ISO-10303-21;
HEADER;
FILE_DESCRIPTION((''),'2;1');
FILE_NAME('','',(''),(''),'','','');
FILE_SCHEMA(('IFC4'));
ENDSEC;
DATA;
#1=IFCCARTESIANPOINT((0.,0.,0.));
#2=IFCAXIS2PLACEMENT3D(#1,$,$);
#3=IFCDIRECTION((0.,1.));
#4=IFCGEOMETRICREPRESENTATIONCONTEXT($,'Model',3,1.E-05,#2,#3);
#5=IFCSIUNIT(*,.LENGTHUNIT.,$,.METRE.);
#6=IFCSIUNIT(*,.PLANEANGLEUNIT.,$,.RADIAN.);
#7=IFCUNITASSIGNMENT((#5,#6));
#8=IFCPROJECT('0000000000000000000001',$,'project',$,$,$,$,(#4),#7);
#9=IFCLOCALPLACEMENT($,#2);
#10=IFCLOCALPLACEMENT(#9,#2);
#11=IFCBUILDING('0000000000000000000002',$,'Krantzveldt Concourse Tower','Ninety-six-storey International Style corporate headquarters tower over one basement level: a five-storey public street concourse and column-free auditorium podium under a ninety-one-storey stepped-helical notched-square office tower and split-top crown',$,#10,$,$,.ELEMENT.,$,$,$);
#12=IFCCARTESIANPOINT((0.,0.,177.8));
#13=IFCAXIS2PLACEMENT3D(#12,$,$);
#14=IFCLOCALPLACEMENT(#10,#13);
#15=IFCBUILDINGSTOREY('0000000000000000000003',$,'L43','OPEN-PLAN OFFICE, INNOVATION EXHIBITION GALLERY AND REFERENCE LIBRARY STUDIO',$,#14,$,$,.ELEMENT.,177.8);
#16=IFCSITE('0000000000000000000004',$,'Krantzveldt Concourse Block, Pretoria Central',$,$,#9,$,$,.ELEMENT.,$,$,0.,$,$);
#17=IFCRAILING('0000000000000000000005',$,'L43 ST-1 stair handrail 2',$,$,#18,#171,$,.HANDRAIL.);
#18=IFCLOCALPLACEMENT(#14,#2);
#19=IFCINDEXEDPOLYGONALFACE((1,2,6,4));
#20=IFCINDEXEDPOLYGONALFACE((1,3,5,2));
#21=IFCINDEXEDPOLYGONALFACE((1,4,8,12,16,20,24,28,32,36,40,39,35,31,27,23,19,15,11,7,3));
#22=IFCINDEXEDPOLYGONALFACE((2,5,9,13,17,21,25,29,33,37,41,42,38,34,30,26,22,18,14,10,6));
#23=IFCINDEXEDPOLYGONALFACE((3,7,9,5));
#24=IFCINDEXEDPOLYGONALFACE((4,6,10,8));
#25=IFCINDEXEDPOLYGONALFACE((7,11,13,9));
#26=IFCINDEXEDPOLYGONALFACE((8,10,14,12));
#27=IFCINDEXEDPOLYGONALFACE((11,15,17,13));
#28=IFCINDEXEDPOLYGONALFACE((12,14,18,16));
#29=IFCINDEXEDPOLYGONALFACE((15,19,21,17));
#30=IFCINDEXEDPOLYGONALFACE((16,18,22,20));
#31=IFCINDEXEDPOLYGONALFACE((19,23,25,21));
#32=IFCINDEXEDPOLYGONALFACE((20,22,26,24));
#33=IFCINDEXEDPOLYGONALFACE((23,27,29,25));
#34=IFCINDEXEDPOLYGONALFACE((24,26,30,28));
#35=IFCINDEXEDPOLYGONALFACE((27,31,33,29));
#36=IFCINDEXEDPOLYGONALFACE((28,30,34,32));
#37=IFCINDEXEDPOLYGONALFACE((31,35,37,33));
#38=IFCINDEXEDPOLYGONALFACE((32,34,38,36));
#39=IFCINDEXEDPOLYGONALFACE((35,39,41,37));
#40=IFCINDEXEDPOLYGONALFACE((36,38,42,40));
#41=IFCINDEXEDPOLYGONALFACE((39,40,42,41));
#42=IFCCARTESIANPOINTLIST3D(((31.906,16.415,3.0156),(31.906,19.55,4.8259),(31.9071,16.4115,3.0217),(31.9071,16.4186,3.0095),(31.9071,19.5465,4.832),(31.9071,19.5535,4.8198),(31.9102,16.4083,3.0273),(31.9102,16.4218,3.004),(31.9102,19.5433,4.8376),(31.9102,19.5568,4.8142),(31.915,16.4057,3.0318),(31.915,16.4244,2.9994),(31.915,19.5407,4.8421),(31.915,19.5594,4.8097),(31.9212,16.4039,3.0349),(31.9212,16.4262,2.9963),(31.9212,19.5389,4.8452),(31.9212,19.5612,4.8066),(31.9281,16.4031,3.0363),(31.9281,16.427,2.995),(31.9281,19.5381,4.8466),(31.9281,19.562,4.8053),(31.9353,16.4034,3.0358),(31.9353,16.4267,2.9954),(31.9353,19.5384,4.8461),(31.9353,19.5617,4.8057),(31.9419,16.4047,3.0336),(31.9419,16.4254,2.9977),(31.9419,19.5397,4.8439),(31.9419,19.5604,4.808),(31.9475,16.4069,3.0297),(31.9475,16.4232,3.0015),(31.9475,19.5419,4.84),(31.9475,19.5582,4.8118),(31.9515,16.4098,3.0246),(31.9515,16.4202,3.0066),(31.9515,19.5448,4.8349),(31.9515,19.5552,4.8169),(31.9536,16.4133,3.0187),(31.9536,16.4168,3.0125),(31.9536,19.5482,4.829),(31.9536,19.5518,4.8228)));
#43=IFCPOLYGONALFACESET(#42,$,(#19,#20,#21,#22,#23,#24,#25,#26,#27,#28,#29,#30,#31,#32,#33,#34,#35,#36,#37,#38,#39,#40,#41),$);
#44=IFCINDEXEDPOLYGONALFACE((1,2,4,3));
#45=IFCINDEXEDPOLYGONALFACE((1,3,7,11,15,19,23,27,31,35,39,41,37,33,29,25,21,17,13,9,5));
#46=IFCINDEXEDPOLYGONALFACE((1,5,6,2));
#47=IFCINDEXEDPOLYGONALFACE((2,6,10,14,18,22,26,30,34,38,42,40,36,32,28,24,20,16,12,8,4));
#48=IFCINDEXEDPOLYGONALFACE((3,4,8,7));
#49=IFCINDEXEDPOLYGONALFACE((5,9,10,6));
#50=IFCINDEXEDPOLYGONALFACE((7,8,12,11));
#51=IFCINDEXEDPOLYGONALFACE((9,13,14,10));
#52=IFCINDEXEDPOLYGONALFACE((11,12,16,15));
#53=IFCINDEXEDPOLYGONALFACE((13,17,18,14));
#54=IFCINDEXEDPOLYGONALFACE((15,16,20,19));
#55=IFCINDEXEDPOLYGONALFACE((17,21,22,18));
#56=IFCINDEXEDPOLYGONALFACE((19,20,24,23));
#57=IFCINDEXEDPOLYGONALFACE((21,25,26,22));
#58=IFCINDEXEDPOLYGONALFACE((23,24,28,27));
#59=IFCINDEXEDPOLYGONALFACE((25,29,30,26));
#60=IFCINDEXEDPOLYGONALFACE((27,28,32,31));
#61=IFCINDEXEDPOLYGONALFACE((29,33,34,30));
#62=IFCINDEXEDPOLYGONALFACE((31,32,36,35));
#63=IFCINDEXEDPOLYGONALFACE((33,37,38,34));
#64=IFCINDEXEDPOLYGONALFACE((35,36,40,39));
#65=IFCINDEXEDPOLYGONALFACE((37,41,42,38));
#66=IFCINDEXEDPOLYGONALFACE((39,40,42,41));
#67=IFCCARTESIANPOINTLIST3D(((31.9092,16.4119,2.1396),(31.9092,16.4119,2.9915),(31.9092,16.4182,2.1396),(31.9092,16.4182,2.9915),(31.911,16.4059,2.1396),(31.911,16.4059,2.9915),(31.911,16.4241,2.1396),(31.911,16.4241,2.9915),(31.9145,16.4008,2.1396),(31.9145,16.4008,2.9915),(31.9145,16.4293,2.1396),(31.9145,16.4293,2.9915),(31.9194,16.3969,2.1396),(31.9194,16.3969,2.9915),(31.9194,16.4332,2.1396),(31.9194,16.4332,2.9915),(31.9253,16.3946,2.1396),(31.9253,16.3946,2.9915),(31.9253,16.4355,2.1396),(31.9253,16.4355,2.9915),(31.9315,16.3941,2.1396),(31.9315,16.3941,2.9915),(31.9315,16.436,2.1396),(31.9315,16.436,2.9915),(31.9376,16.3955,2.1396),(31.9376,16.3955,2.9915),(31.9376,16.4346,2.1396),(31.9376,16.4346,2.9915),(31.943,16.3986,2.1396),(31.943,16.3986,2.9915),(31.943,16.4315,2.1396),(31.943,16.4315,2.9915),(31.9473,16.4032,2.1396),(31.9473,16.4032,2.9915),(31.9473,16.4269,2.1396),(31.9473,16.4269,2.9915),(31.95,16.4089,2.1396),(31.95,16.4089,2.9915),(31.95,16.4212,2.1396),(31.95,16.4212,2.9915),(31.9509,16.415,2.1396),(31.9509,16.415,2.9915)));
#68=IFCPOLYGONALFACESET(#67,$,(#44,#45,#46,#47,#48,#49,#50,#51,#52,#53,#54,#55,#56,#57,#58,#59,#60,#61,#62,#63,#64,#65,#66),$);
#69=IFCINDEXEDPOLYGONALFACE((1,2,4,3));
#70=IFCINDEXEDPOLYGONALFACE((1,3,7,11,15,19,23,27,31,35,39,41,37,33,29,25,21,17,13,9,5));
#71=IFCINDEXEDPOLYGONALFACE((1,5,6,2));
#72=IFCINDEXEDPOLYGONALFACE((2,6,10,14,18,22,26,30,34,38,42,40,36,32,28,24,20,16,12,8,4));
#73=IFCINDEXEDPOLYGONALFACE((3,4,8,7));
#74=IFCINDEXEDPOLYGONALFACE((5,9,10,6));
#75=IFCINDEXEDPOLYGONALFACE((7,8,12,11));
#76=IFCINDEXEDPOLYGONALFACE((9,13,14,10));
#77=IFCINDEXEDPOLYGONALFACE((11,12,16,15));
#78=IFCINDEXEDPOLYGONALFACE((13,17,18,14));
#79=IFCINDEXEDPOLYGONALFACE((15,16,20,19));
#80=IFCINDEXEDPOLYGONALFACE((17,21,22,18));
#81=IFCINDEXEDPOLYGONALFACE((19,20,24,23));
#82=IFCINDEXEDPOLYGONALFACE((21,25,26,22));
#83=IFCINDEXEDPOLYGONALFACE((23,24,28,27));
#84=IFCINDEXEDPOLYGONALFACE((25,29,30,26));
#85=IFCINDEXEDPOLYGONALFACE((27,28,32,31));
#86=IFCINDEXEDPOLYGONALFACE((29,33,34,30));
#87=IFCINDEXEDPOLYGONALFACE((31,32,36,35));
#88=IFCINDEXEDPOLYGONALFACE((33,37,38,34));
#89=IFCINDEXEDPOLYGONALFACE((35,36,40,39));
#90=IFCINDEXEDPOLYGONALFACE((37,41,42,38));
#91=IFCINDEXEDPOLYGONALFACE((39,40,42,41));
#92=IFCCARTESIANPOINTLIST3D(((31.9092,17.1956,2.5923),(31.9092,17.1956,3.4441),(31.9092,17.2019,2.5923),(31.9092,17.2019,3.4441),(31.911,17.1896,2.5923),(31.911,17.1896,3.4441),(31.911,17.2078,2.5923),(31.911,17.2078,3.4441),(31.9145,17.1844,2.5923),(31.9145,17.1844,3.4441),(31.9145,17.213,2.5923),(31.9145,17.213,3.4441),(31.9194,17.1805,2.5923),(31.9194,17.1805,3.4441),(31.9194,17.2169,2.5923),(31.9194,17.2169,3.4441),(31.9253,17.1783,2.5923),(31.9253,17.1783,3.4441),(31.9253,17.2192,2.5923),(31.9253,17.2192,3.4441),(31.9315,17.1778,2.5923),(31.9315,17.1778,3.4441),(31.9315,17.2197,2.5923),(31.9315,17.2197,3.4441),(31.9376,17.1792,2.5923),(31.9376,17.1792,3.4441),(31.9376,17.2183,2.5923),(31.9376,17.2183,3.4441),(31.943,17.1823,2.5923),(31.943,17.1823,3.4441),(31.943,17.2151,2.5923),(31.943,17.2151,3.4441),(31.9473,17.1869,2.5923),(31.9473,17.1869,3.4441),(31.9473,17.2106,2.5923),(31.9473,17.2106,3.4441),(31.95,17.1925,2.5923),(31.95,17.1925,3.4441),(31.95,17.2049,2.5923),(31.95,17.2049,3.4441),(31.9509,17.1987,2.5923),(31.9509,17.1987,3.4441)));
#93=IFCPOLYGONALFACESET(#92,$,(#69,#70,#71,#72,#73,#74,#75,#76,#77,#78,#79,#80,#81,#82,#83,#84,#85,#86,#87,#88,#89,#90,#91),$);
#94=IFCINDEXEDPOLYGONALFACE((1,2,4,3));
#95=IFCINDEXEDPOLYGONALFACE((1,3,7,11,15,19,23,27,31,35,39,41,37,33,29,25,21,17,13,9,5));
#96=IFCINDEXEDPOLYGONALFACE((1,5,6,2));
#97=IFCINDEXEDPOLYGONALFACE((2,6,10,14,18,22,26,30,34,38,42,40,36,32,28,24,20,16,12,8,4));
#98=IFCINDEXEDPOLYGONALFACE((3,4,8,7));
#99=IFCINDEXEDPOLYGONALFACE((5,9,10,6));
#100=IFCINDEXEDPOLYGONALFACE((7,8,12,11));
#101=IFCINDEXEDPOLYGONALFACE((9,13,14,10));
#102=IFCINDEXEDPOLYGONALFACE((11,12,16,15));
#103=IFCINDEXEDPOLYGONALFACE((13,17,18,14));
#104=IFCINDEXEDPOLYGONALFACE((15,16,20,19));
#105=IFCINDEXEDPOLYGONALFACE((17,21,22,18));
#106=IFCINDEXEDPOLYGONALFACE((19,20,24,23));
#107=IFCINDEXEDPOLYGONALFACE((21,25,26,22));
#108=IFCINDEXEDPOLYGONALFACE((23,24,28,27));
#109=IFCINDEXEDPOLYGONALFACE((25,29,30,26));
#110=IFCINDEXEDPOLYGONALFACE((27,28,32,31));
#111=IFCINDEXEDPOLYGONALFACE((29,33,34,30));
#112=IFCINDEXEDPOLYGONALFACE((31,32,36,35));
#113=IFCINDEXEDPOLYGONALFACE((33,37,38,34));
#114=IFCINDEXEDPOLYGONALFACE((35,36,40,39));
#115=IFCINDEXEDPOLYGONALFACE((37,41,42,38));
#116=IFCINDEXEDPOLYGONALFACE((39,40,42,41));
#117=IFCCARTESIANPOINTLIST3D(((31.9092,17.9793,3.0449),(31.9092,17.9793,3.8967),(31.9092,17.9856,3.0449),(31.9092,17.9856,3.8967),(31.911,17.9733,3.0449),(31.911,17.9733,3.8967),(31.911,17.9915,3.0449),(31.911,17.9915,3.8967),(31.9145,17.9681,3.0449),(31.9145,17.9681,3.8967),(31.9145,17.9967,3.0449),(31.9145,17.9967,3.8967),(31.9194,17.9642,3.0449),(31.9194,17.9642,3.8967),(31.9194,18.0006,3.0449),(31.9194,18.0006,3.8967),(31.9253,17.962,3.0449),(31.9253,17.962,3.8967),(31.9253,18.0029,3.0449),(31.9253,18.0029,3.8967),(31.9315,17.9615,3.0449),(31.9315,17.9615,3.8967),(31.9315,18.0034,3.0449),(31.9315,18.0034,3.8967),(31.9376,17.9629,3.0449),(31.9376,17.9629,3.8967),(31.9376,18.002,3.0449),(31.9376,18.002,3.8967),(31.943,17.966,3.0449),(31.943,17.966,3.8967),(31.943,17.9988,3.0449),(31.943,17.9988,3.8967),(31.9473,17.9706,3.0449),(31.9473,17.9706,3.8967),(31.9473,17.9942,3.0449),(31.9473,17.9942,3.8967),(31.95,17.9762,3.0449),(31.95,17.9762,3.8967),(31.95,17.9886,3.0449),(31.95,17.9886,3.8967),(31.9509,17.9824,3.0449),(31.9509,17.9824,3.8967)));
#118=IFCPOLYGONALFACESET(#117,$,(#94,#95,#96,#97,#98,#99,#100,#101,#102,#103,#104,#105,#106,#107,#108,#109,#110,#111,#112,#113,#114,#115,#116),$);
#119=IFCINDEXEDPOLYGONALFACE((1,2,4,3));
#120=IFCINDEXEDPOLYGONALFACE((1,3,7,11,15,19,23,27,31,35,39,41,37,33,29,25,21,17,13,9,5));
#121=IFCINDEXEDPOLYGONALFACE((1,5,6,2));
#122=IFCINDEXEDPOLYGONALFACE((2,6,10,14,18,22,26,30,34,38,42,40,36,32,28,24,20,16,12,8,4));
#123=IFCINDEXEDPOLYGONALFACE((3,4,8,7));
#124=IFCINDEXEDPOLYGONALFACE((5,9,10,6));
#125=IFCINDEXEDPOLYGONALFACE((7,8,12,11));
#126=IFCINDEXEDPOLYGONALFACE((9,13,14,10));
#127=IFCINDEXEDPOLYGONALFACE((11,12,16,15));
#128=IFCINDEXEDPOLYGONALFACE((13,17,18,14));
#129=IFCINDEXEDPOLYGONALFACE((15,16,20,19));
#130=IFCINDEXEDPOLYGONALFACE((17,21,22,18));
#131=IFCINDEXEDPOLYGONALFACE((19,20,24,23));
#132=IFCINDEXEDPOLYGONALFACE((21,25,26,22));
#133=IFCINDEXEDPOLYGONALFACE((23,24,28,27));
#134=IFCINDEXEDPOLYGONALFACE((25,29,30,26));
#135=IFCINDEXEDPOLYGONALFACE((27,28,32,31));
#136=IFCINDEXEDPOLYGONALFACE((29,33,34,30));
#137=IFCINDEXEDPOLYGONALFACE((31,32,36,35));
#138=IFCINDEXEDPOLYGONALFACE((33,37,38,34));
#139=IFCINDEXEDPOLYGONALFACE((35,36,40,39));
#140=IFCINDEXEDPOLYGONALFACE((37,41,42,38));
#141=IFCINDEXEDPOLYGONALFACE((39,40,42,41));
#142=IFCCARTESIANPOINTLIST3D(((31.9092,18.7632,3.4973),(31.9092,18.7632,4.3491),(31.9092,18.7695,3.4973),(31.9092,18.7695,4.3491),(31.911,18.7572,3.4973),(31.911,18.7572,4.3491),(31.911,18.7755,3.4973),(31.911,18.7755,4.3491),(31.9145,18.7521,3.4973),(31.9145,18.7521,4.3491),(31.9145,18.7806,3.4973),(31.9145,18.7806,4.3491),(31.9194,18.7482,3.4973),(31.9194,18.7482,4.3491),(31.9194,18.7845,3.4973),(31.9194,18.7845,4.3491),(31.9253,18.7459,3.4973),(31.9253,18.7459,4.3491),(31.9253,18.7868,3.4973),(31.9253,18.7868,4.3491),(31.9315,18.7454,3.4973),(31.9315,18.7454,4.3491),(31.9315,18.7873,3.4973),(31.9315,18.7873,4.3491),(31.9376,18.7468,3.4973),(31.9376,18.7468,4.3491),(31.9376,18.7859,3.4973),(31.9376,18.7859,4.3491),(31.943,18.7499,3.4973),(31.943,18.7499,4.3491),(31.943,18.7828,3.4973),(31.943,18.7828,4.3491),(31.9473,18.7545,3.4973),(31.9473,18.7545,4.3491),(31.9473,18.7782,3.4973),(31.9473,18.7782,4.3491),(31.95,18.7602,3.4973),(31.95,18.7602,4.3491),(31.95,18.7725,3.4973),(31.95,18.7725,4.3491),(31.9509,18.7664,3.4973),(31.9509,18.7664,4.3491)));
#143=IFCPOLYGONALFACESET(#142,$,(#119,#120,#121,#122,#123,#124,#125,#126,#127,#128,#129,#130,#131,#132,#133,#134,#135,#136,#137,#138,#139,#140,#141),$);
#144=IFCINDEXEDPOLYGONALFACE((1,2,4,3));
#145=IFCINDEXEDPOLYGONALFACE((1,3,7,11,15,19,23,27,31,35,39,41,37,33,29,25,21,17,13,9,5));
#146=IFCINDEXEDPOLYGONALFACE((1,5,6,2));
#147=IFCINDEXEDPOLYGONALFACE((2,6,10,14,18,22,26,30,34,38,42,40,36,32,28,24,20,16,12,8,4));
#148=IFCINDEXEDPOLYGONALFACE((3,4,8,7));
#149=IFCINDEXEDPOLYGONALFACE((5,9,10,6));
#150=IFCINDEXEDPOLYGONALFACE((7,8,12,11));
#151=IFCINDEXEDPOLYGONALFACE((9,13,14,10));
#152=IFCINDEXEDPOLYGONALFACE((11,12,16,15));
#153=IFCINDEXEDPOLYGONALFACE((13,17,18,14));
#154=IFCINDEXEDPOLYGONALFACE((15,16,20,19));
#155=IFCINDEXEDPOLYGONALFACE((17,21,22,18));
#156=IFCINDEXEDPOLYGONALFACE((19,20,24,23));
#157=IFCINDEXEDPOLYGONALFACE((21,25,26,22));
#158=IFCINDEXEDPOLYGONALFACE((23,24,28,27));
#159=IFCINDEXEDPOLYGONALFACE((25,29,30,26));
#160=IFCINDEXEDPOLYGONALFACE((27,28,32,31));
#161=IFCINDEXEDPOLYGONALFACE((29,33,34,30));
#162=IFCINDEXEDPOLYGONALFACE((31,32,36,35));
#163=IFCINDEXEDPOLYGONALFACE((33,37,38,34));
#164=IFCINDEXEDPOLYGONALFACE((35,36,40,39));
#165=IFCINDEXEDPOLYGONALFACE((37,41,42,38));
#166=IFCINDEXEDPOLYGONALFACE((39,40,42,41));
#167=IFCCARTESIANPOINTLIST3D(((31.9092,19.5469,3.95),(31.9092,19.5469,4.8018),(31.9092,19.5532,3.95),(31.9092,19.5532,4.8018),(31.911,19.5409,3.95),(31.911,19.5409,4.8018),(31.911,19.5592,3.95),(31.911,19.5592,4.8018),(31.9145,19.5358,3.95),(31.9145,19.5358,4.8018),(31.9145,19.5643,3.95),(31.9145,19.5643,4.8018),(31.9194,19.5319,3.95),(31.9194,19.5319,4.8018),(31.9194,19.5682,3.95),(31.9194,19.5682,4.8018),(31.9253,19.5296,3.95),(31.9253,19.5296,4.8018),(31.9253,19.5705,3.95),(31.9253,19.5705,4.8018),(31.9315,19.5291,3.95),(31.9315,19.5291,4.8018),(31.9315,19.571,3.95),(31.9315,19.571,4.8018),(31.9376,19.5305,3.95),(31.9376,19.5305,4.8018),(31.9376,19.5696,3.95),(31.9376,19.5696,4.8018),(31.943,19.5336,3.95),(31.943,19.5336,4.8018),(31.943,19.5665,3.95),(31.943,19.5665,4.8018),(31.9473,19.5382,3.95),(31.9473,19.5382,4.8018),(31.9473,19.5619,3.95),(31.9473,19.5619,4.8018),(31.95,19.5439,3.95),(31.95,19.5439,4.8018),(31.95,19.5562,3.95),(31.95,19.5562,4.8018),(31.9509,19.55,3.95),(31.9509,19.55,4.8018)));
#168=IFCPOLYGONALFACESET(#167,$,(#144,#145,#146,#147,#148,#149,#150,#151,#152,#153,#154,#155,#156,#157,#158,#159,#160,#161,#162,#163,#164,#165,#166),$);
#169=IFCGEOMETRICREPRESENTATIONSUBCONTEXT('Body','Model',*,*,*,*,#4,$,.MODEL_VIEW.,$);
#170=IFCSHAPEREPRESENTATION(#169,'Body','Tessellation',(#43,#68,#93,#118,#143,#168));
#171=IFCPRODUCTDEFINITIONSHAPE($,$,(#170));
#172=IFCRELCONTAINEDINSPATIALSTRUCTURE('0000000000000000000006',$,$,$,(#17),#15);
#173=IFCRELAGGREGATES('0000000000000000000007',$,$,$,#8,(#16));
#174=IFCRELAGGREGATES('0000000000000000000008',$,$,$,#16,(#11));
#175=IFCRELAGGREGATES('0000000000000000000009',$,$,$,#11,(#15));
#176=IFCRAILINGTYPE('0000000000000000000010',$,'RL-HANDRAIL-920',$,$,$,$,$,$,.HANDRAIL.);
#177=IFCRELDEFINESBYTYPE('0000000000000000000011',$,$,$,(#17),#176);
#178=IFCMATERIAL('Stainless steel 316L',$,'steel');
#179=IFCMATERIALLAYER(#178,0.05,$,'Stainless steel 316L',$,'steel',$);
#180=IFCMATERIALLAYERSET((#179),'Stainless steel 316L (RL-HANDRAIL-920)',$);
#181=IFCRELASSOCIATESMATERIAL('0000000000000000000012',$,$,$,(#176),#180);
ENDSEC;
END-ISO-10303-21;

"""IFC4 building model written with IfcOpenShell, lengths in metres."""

from ifc_helpers import new_model, si_unit, direction, frame, origin, origin_2d, place, context, subcontext, project, spatial, circle, extrude, material, layer, layer_set, type_object, element, save


model = new_model("IFC4")

# Units and contexts
model_context = context("Model", 3, precision=1e-05, world=origin(), true_north=direction((0.0, 1.0)))
body_context = subcontext(model_context, "Body", "Model", "MODEL_VIEW")
ifc_project = project(units=[si_unit("LENGTHUNIT", "METRE"), si_unit("PLANEANGLEUNIT", "RADIAN")], contexts=[model_context])

# Site, building, storey
site_placement = place(None, origin())
site = spatial("IfcSite", under=ifc_project, at=site_placement, Name="Krantzveldt Concourse Block, Pretoria Central", CompositionType="ELEMENT", RefElevation=0.0)
building_placement = place(site_placement, origin())
building = spatial("IfcBuilding", under=site, at=building_placement, Name="Krantzveldt Concourse Tower", Description="Ninety-six-storey International Style corporate headquarters tower over one basement level: a five-storey public street concourse and column-free auditorium podium under a ninety-one-storey stepped-helical notched-square office tower and split-top crown", CompositionType="ELEMENT")
storey_placement = place(building_placement, frame((0.0, 0.0, 177.8)))
storey = spatial("IfcBuildingStorey", under=building, at=storey_placement, Name="L43", Description="OPEN-PLAN OFFICE, INNOVATION EXHIBITION GALLERY AND REFERENCE LIBRARY STUDIO", CompositionType="ELEMENT", Elevation=177.8)

# Shared definitions
ifc_material_1 = material(Name="Stainless steel 316L", Category="steel")

# Railing
ifc_layer_1 = layer(ifc_material_1, 0.05, Name="Stainless steel 316L", Category="steel")
ifc_layer_set_1 = layer_set([ifc_layer_1], Name="Stainless steel 316L (RL-HANDRAIL-920)")
railing_type_1 = type_object("IfcRailingType", Name="RL-HANDRAIL-920", PredefinedType="HANDRAIL", material=ifc_layer_set_1)
railing_1_placement = place(storey_placement, frame((31.9299, 16.415, 2.1396)))
element("IfcRailing", 1, at=railing_1_placement, inside=storey, type_object=railing_type_1, Name="L43 ST-1 stair handrail 2", PredefinedType="HANDRAIL", context=body_context, shape_type="SweptSolid", body=[
    extrude(circle(Radius=0.0239, at=origin_2d()), frame((0.0, 0.0, 0.876), z_axis=(0.0, 0.865989, 0.500063), x_axis=(-1.0, 0.0, 0.0)), (0.0, 0.0, 1.0), 3.6201),
    extrude(circle(Radius=0.021, at=origin_2d()), origin(), (0.0, 0.0, 1.0), 0.8518),
    extrude(circle(Radius=0.021, at=origin_2d()), frame((0.0, 0.7837, 0.4526)), (0.0, 0.0, 1.0), 0.8518),
    extrude(circle(Radius=0.021, at=origin_2d()), frame((0.0, 1.5674, 0.9053)), (0.0, 0.0, 1.0), 0.8518),
    extrude(circle(Radius=0.021, at=origin_2d()), frame((0.0, 2.3513, 1.3577)), (0.0, 0.0, 1.0), 0.8518),
    extrude(circle(Radius=0.021, at=origin_2d()), frame((0.0, 3.135, 1.8103)), (0.0, 0.0, 1.0), 0.8518),
])

save(model, "model.ifc")
